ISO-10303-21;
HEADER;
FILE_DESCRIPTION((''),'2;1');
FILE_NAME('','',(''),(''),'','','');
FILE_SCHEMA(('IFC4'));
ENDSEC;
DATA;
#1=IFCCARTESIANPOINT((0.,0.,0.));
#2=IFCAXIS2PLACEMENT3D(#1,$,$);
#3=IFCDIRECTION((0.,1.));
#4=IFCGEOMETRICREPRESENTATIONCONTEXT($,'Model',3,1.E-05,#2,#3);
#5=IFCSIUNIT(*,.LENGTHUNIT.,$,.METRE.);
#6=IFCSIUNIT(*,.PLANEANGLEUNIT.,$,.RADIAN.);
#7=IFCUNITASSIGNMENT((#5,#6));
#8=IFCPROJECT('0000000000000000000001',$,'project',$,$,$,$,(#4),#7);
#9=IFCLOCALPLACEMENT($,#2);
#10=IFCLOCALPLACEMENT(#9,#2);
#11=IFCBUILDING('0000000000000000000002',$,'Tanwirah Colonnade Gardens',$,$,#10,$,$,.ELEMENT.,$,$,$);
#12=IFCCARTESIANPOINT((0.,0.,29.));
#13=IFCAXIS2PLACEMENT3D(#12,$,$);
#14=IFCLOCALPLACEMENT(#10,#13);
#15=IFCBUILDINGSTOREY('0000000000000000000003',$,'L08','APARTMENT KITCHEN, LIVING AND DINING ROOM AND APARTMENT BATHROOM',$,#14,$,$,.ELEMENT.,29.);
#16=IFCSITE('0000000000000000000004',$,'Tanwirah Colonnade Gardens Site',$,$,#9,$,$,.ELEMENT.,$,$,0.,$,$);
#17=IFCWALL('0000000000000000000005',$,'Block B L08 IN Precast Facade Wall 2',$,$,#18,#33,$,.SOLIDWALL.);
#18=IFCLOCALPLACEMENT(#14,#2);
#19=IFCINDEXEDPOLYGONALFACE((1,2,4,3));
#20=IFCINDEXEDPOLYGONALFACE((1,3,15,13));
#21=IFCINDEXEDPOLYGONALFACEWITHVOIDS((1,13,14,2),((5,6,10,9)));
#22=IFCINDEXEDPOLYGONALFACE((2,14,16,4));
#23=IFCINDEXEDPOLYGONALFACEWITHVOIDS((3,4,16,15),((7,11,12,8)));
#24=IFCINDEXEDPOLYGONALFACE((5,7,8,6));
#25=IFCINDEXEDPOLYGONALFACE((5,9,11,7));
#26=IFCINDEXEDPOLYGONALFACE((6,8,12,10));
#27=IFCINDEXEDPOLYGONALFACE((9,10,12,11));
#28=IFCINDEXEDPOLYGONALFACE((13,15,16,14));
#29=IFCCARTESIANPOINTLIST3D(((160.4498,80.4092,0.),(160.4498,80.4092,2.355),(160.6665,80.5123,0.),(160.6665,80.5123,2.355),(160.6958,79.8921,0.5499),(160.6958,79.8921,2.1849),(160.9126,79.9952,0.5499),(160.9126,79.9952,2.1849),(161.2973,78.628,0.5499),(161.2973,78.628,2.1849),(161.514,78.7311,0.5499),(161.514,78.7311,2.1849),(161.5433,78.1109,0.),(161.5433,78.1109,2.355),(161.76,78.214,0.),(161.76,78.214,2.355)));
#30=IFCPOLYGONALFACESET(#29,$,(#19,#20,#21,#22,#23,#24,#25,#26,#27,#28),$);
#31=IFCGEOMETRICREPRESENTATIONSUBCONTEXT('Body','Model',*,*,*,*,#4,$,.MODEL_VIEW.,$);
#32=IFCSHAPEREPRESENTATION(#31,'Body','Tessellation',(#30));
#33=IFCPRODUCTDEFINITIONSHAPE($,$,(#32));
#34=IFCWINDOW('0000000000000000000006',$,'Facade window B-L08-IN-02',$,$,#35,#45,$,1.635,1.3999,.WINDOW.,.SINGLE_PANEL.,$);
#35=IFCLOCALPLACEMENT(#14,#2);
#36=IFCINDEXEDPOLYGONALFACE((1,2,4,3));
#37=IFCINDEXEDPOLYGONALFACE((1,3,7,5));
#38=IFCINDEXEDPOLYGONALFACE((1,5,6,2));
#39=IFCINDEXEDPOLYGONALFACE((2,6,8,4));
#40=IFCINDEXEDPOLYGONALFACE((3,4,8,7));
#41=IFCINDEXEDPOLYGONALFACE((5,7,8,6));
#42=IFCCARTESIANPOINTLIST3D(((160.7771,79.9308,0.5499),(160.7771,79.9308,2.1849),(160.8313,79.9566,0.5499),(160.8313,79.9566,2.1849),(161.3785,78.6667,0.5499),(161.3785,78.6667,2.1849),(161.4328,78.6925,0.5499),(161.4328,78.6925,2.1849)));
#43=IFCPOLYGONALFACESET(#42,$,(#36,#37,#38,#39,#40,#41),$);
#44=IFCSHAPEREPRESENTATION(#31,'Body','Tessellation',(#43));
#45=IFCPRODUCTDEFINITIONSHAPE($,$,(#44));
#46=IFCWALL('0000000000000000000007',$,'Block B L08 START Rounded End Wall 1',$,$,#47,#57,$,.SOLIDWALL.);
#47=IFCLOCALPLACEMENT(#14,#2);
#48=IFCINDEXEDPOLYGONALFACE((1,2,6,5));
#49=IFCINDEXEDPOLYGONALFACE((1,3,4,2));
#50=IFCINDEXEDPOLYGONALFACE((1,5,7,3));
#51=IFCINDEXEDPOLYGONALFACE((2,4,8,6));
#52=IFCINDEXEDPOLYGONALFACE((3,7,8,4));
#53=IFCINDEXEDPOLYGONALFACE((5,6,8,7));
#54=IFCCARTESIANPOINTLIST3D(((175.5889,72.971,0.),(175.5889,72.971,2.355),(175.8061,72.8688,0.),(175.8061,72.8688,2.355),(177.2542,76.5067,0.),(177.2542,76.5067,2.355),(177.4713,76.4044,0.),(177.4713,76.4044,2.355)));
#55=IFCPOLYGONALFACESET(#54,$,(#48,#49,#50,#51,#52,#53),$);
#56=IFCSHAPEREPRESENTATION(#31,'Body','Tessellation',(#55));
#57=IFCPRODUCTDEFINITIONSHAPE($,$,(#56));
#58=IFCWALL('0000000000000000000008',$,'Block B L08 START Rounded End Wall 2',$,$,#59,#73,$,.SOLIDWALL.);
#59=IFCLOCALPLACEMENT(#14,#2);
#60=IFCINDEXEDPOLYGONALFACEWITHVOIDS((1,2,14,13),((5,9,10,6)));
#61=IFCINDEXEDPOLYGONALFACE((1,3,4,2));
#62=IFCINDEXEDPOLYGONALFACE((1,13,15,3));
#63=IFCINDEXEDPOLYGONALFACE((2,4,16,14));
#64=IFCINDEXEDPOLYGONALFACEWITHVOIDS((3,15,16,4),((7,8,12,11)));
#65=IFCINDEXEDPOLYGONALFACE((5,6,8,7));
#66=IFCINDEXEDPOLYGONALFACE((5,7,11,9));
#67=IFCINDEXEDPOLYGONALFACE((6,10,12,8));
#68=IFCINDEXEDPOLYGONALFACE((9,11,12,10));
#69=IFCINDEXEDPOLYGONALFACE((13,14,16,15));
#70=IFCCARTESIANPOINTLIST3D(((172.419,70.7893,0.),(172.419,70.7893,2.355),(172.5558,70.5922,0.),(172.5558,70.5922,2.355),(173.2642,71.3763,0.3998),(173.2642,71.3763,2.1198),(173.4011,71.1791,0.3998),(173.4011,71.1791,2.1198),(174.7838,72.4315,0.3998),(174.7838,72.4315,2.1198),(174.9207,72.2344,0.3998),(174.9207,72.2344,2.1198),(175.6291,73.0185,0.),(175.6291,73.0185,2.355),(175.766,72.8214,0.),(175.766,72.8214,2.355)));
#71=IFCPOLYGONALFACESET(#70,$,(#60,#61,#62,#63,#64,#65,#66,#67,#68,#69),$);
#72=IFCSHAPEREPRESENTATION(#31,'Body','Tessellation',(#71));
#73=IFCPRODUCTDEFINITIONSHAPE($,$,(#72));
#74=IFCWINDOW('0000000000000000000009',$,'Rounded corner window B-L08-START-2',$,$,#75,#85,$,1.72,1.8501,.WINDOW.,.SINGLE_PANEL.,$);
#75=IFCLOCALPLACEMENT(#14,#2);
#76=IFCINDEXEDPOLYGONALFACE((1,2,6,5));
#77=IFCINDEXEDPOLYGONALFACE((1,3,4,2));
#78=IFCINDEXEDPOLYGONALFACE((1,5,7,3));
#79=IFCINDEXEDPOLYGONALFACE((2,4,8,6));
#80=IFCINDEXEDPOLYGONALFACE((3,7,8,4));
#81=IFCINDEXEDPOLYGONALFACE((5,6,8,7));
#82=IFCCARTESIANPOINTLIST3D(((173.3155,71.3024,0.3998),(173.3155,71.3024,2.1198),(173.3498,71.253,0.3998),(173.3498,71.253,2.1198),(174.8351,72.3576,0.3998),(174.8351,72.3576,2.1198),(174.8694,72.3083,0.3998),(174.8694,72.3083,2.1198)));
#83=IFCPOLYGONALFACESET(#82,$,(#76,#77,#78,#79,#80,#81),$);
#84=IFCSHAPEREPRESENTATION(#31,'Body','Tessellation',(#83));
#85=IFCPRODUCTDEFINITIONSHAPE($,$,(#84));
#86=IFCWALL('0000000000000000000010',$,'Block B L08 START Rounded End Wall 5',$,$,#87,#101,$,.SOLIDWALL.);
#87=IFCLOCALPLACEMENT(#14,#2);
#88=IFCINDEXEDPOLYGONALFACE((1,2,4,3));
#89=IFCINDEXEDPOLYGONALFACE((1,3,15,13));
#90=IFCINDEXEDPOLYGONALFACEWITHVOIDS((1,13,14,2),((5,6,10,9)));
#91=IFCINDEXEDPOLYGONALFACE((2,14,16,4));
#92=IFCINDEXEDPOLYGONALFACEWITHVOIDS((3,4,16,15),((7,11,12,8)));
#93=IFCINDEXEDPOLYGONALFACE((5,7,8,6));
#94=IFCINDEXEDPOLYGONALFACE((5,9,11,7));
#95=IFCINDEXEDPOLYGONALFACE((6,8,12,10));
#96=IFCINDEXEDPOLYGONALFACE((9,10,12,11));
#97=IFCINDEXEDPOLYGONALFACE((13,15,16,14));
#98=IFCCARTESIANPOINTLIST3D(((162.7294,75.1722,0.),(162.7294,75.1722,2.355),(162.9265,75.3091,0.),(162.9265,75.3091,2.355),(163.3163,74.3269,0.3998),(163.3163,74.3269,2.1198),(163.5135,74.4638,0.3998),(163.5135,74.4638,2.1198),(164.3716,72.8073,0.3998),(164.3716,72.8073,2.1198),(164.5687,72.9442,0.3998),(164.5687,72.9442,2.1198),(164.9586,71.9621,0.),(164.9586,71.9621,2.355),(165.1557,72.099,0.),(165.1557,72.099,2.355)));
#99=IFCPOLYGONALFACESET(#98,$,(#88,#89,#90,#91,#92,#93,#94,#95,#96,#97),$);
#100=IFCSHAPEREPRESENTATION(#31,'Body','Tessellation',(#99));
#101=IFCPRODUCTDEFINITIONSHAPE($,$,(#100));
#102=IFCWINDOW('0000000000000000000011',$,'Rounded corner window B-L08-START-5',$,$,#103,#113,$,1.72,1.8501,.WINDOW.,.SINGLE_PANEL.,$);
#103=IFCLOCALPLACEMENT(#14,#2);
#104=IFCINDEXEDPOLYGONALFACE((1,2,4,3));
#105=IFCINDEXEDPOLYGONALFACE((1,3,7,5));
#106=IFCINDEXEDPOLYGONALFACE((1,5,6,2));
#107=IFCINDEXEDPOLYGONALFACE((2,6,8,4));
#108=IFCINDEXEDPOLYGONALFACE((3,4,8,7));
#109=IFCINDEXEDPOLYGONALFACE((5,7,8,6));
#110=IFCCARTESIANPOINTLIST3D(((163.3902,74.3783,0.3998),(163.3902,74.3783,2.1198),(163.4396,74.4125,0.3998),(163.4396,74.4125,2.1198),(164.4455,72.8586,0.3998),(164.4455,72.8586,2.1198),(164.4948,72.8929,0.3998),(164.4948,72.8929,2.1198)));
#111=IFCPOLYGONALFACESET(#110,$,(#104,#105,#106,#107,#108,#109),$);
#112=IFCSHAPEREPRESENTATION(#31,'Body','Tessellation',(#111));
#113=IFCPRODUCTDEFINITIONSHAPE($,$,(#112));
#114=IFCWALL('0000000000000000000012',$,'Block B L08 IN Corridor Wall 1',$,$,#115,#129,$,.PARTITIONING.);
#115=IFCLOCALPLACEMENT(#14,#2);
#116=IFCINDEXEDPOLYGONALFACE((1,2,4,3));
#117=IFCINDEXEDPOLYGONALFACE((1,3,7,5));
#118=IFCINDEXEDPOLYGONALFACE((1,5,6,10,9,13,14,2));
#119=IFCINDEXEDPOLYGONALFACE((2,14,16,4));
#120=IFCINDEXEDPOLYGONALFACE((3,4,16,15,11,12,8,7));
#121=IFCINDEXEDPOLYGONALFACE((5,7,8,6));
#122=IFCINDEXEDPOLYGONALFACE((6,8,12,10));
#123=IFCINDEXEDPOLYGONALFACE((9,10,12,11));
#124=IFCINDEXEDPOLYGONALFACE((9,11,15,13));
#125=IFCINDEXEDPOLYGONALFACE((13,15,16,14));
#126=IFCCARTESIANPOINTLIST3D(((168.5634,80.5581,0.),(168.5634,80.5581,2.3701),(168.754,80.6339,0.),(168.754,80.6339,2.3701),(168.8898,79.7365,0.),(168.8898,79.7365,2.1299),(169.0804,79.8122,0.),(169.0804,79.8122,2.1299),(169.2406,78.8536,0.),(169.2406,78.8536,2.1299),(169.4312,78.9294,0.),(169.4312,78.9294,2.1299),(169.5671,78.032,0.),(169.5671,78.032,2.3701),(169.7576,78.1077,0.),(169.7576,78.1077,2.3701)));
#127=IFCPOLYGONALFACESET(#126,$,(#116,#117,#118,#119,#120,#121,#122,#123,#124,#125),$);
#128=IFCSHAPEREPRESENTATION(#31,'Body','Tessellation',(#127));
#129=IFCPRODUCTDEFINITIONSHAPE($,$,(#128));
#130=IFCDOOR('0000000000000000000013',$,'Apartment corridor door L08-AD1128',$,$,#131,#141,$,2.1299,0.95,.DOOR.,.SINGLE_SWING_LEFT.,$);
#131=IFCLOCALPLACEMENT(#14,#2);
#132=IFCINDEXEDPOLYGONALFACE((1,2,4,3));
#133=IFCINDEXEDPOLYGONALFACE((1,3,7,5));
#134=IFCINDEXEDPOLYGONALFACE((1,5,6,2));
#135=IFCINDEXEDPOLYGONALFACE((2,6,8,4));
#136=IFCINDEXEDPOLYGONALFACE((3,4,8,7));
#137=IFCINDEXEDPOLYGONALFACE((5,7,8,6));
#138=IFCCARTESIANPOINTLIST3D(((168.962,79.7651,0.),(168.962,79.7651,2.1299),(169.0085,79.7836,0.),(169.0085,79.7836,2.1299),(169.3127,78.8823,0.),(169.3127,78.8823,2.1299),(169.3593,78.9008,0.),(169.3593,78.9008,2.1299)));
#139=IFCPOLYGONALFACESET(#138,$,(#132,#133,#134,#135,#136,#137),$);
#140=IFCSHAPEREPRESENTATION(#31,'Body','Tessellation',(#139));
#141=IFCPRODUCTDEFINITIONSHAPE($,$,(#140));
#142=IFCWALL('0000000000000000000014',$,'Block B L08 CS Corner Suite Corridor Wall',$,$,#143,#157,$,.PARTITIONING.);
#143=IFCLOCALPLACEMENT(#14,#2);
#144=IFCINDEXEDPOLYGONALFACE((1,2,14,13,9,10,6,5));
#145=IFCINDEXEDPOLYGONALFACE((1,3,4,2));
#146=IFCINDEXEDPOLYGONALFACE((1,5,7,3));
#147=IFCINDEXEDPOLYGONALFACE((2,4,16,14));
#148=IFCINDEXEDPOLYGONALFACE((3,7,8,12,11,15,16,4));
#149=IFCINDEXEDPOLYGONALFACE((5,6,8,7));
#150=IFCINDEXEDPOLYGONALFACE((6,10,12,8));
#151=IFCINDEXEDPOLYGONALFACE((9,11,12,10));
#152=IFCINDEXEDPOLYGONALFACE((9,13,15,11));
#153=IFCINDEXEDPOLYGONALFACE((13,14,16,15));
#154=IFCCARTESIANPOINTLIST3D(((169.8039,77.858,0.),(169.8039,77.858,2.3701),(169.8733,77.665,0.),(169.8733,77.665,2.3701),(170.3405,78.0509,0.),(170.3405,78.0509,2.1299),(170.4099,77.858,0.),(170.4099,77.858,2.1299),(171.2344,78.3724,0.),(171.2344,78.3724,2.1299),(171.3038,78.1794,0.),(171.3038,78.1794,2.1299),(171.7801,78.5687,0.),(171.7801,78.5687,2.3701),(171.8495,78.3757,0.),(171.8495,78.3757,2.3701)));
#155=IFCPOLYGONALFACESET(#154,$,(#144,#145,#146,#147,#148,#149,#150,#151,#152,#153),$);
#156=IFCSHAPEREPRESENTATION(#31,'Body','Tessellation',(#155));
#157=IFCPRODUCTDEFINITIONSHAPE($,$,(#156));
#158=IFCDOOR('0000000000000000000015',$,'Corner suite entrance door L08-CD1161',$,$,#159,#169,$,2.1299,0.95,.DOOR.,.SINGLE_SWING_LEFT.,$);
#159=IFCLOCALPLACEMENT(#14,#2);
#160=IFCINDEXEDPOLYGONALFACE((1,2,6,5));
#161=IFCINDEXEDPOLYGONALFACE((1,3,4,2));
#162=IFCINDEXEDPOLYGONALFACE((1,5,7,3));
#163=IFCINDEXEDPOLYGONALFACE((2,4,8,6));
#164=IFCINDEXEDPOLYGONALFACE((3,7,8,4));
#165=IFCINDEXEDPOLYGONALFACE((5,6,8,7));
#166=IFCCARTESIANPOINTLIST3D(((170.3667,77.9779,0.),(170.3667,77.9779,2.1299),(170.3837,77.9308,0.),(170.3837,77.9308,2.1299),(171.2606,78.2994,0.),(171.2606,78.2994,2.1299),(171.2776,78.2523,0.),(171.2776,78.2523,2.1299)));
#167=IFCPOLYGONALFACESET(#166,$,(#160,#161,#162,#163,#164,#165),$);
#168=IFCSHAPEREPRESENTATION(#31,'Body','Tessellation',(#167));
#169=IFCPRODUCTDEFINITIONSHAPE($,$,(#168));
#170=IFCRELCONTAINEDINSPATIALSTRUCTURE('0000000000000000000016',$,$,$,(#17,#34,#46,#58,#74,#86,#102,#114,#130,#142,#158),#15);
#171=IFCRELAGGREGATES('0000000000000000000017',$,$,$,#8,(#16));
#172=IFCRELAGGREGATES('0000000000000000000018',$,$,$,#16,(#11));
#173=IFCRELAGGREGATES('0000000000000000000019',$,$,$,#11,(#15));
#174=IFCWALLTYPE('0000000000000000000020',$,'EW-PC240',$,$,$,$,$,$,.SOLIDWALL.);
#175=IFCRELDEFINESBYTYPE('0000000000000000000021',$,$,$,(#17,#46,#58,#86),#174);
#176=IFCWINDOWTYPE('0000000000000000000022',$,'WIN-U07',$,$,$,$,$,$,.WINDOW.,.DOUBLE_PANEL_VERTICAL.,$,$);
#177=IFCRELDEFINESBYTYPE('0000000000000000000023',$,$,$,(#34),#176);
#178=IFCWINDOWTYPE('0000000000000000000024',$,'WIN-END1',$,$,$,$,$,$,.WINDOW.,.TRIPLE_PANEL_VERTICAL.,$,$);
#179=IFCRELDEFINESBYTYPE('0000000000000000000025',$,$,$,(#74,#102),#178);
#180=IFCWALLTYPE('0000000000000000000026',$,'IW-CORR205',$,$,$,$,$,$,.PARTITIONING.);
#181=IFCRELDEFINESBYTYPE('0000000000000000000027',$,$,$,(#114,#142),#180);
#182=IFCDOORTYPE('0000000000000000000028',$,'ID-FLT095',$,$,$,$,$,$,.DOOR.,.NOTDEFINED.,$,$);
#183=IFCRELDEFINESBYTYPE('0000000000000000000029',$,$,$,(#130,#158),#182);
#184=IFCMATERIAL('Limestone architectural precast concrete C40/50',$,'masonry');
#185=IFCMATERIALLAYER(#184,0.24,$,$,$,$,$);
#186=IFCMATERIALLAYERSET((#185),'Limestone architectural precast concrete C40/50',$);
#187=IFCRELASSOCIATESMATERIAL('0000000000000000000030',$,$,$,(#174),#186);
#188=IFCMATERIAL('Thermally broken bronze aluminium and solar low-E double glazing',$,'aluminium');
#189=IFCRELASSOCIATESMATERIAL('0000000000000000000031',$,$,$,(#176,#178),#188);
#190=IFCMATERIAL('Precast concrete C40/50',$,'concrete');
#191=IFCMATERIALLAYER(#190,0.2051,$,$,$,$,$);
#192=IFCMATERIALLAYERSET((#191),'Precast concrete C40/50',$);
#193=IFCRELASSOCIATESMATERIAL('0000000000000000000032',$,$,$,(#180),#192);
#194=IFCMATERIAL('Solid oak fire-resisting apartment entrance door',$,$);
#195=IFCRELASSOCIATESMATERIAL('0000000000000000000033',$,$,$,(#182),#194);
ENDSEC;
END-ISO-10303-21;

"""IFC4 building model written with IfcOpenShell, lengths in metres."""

from ifc_helpers import new_model, si_unit, direction, frame, frame_2d, origin, place, context, subcontext, project, spatial, rectangle, extrude, material, layer, layer_set, type_object, element, fill, save


model = new_model("IFC4")

# Units and contexts
model_context = context("Model", 3, precision=1e-05, world=origin(), true_north=direction((0.0, 1.0)))
body_context = subcontext(model_context, "Body", "Model", "MODEL_VIEW")
ifc_project = project(units=[si_unit("LENGTHUNIT", "METRE"), si_unit("PLANEANGLEUNIT", "RADIAN")], contexts=[model_context])

# Site, building, storey
site_placement = place(None, origin())
site = spatial("IfcSite", under=ifc_project, at=site_placement, Name="Tanwirah Colonnade Gardens Site", CompositionType="ELEMENT", RefElevation=0.0)
building_placement = place(site_placement, origin())
building = spatial("IfcBuilding", under=site, at=building_placement, Name="Tanwirah Colonnade Gardens", CompositionType="ELEMENT")
storey_placement = place(building_placement, frame((0.0, 0.0, 29.0)))
storey = spatial("IfcBuildingStorey", under=building, at=storey_placement, Name="L08", Description="APARTMENT KITCHEN, LIVING AND DINING ROOM AND APARTMENT BATHROOM", CompositionType="ELEMENT", Elevation=29.0)

# Shared definitions
ifc_material_1 = material(Name="Precast concrete C40/50", Category="concrete")

# Wall, opening, window
ifc_material_2 = material(Name="Limestone architectural precast concrete C40/50", Category="masonry")
ifc_layer_1 = layer(ifc_material_2, 0.24)
ifc_layer_set_1 = layer_set([ifc_layer_1], Name="Limestone architectural precast concrete C40/50")
wall_type_1 = type_object("IfcWallType", Name="EW-PC240", PredefinedType="SOLIDWALL", material=ifc_layer_set_1)
ifc_material_3 = material(Name="Thermally broken bronze aluminium and solar low-E double glazing", Category="aluminium")
wall_1_placement = place(storey_placement, frame((161.6516, 78.1626, 0.0), z_axis=(0.0, 0.0, 1.0), x_axis=(-0.429632, 0.903004, 0.0)))
wall_1 = element("IfcWall", 1, at=wall_1_placement, inside=storey, type_object=wall_type_1, Name="Block B L08 IN Precast Facade Wall 2", PredefinedType="SOLIDWALL", context=body_context, shape_type="SweptSolid", body=[
    extrude(rectangle(XDim=2.5452, YDim=0.24, at=frame_2d((1.2725, 0.0))), origin(), (0.0, 0.0, 1.0), 2.355),
])
opening_1_placement = place(wall_1_placement, frame((0.5725, 0.0, 0.55)))
opening_1 = element("IfcOpeningElement", 2, at=opening_1_placement, cuts=wall_1, PredefinedType="OPENING", context=body_context, shape_type="SweptSolid", body=[
    extrude(rectangle(XDim=1.3999, YDim=1.635, at=frame_2d((0.7, 0.8174))), frame((0.0, 0.1299, 0.0), z_axis=(0.0, -1.0, 0.0), x_axis=(1.0, 0.0, 0.0)), (0.0, 0.0, 1.0), 0.26),
])
window_type_1 = type_object("IfcWindowType", Name="WIN-U07", PartitioningType="DOUBLE_PANEL_VERTICAL", PredefinedType="WINDOW", material=ifc_material_3)
window_1_placement = place(opening_1_placement, origin())
window_1 = element("IfcWindow", 3, at=window_1_placement, inside=storey, type_object=window_type_1, Name="Facade window B-L08-IN-02", OverallHeight=1.635, OverallWidth=1.3999, PartitioningType="SINGLE_PANEL", PredefinedType="WINDOW", context=body_context, shape_type="SweptSolid", body=[
    extrude(rectangle(XDim=1.3999, YDim=1.635, at=frame_2d((0.7, 0.8174))), frame((0.0, 0.03, 0.0), z_axis=(0.0, -1.0, 0.0), x_axis=(1.0, 0.0, 0.0)), (0.0, 0.0, 1.0), 0.0601),
])
fill(opening_1, window_1)

# Wall
wall_2_placement = place(storey_placement, frame((177.3628, 76.4556, 0.0), z_axis=(0.0, 0.0, 1.0), x_axis=(-0.426101, -0.904676, 0.0)))
element("IfcWall", 4, at=wall_2_placement, inside=storey, type_object=wall_type_1, Name="Block B L08 START Rounded End Wall 1", PredefinedType="SOLIDWALL", context=body_context, shape_type="SweptSolid", body=[
    extrude(rectangle(XDim=3.9082, YDim=0.24, at=frame_2d((1.9541, 0.0))), origin(), (0.0, 0.0, 1.0), 2.355),
])

# Walls, openings, windows
wall_3_placement = place(storey_placement, frame((175.6975, 72.9199, 0.0), z_axis=(0.0, 0.0, 1.0), x_axis=(-0.821377, -0.570385, 0.0)))
wall_3 = element("IfcWall", 5, at=wall_3_placement, inside=storey, type_object=wall_type_1, Name="Block B L08 START Rounded End Wall 2", PredefinedType="SOLIDWALL", context=body_context, shape_type="SweptSolid", body=[
    extrude(rectangle(XDim=3.9082, YDim=0.24, at=frame_2d((1.9541, 0.0))), origin(), (0.0, 0.0, 1.0), 2.355),
])
opening_2_placement = place(wall_3_placement, frame((1.0291, 0.0, 0.3999)))
opening_2 = element("IfcOpeningElement", 6, at=opening_2_placement, cuts=wall_3, PredefinedType="OPENING", context=body_context, shape_type="SweptSolid", body=[
    extrude(rectangle(XDim=1.8501, YDim=1.72, at=frame_2d((0.925, 0.8599))), frame((0.0, 0.1299, 0.0), z_axis=(0.0, -1.0, 0.0), x_axis=(1.0, 0.0, 0.0)), (0.0, 0.0, 1.0), 0.26),
])
window_type_2 = type_object("IfcWindowType", Name="WIN-END1", PartitioningType="TRIPLE_PANEL_VERTICAL", PredefinedType="WINDOW", material=ifc_material_3)
window_2_placement = place(opening_2_placement, origin())
window_2 = element("IfcWindow", 7, at=window_2_placement, inside=storey, type_object=window_type_2, Name="Rounded corner window B-L08-START-2", OverallHeight=1.72, OverallWidth=1.8501, PartitioningType="SINGLE_PANEL", PredefinedType="WINDOW", context=body_context, shape_type="SweptSolid", body=[
    extrude(rectangle(XDim=1.8501, YDim=1.72, at=frame_2d((0.925, 0.8599))), frame((0.0, 0.03, 0.0), z_axis=(0.0, -1.0, 0.0), x_axis=(1.0, 0.0, 0.0)), (0.0, 0.0, 1.0), 0.0601),
])
fill(opening_2, window_2)
wall_4_placement = place(storey_placement, frame((165.0571, 72.0305, 0.0), z_axis=(0.0, 0.0, 1.0), x_axis=(-0.570385, 0.821377, 0.0)))
wall_4 = element("IfcWall", 8, at=wall_4_placement, inside=storey, type_object=wall_type_1, Name="Block B L08 START Rounded End Wall 5", PredefinedType="SOLIDWALL", context=body_context, shape_type="SweptSolid", body=[
    extrude(rectangle(XDim=3.9082, YDim=0.24, at=frame_2d((1.9541, 0.0))), origin(), (0.0, 0.0, 1.0), 2.355),
])
opening_3_placement = place(wall_4_placement, frame((1.0291, 0.0, 0.3999)))
opening_3 = element("IfcOpeningElement", 9, at=opening_3_placement, cuts=wall_4, PredefinedType="OPENING", context=body_context, shape_type="SweptSolid", body=[
    extrude(rectangle(XDim=1.8501, YDim=1.72, at=frame_2d((0.925, 0.8599))), frame((0.0, 0.1299, 0.0), z_axis=(0.0, -1.0, 0.0), x_axis=(1.0, 0.0, 0.0)), (0.0, 0.0, 1.0), 0.26),
])
window_3_placement = place(opening_3_placement, origin())
window_3 = element("IfcWindow", 10, at=window_3_placement, inside=storey, type_object=window_type_2, Name="Rounded corner window B-L08-START-5", OverallHeight=1.72, OverallWidth=1.8501, PartitioningType="SINGLE_PANEL", PredefinedType="WINDOW", context=body_context, shape_type="SweptSolid", body=[
    extrude(rectangle(XDim=1.8501, YDim=1.72, at=frame_2d((0.925, 0.8599))), frame((0.0, 0.03, 0.0), z_axis=(0.0, -1.0, 0.0), x_axis=(1.0, 0.0, 0.0)), (0.0, 0.0, 1.0), 0.0601),
])
fill(opening_3, window_3)

# Walls, openings, doors
ifc_layer_2 = layer(ifc_material_1, 0.2051)
ifc_layer_set_2 = layer_set([ifc_layer_2], Name="Precast concrete C40/50")
wall_type_2 = type_object("IfcWallType", Name="IW-CORR205", PredefinedType="PARTITIONING", material=ifc_layer_set_2)
wall_5_placement = place(storey_placement, frame((169.6624, 78.0698, 0.0), z_axis=(0.0, 0.0, 1.0), x_axis=(-0.369237, 0.929335, 0.0)))
wall_5 = element("IfcWall", 11, at=wall_5_placement, inside=storey, type_object=wall_type_2, Name="Block B L08 IN Corridor Wall 1", PredefinedType="PARTITIONING", context=body_context, shape_type="SweptSolid", body=[
    extrude(rectangle(XDim=2.7183, YDim=0.2051, at=frame_2d((1.3591, 0.0))), origin(), (0.0, 0.0, 1.0), 2.3701),
])
opening_4_placement = place(wall_5_placement, frame((0.884, 0.0, 0.0)))
opening_4 = element("IfcOpeningElement", 12, at=opening_4_placement, cuts=wall_5, PredefinedType="OPENING", context=body_context, shape_type="SweptSolid", body=[
    extrude(rectangle(XDim=0.95, YDim=2.1299, at=frame_2d((0.4751, 1.0649))), frame((0.0, 0.1125, 0.0), z_axis=(0.0, -1.0, 0.0), x_axis=(1.0, 0.0, 0.0)), (0.0, 0.0, 1.0), 0.2251),
])
ifc_material_4 = material(Name="Solid oak fire-resisting apartment entrance door")
door_type = type_object("IfcDoorType", Name="ID-FLT095", OperationType="NOTDEFINED", PredefinedType="DOOR", material=ifc_material_4)
door_1_placement = place(opening_4_placement, origin())
door_1 = element("IfcDoor", 13, at=door_1_placement, inside=storey, type_object=door_type, Name="Apartment corridor door L08-AD1128", OperationType="SINGLE_SWING_LEFT", OverallHeight=2.1299, OverallWidth=0.95, PredefinedType="DOOR", context=body_context, shape_type="SweptSolid", body=[
    extrude(rectangle(XDim=0.95, YDim=2.1299, at=frame_2d((0.4751, 1.0649))), frame((0.0, 0.0249, 0.0), z_axis=(0.0, -1.0, 0.0), x_axis=(1.0, 0.0, 0.0)), (0.0, 0.0, 1.0), 0.05),
])
fill(opening_4, door_1)
wall_6_placement = place(storey_placement, frame((169.8386, 77.7615, 0.0), z_axis=(0.0, 0.0, 1.0), x_axis=(0.940993, 0.338427, 0.0)))
wall_6 = element("IfcWall", 14, at=wall_6_placement, inside=storey, type_object=wall_type_2, Name="Block B L08 CS Corner Suite Corridor Wall", PredefinedType="PARTITIONING", context=body_context, shape_type="SweptSolid", body=[
    extrude(rectangle(XDim=2.1001, YDim=0.2051, at=frame_2d((1.05, 0.0))), origin(), (0.0, 0.0, 1.0), 2.3701),
])
opening_5_placement = place(wall_6_placement, frame((0.5701, 0.0, 0.0)))
opening_5 = element("IfcOpeningElement", 15, at=opening_5_placement, cuts=wall_6, PredefinedType="OPENING", context=body_context, shape_type="SweptSolid", body=[
    extrude(rectangle(XDim=0.95, YDim=2.1299, at=frame_2d((0.4751, 1.0649))), frame((0.0, 0.1125, 0.0), z_axis=(0.0, -1.0, 0.0), x_axis=(1.0, 0.0, 0.0)), (0.0, 0.0, 1.0), 0.2251),
])
door_2_placement = place(opening_5_placement, origin())
door_2 = element("IfcDoor", 16, at=door_2_placement, inside=storey, type_object=door_type, Name="Corner suite entrance door L08-CD1161", OperationType="SINGLE_SWING_LEFT", OverallHeight=2.1299, OverallWidth=0.95, PredefinedType="DOOR", context=body_context, shape_type="SweptSolid", body=[
    extrude(rectangle(XDim=0.95, YDim=2.1299, at=frame_2d((0.4751, 1.0649))), frame((0.0, 0.0249, 0.0), z_axis=(0.0, -1.0, 0.0), x_axis=(1.0, 0.0, 0.0)), (0.0, 0.0, 1.0), 0.05),
])
fill(opening_5, door_2)

save(model, "model.ifc")
